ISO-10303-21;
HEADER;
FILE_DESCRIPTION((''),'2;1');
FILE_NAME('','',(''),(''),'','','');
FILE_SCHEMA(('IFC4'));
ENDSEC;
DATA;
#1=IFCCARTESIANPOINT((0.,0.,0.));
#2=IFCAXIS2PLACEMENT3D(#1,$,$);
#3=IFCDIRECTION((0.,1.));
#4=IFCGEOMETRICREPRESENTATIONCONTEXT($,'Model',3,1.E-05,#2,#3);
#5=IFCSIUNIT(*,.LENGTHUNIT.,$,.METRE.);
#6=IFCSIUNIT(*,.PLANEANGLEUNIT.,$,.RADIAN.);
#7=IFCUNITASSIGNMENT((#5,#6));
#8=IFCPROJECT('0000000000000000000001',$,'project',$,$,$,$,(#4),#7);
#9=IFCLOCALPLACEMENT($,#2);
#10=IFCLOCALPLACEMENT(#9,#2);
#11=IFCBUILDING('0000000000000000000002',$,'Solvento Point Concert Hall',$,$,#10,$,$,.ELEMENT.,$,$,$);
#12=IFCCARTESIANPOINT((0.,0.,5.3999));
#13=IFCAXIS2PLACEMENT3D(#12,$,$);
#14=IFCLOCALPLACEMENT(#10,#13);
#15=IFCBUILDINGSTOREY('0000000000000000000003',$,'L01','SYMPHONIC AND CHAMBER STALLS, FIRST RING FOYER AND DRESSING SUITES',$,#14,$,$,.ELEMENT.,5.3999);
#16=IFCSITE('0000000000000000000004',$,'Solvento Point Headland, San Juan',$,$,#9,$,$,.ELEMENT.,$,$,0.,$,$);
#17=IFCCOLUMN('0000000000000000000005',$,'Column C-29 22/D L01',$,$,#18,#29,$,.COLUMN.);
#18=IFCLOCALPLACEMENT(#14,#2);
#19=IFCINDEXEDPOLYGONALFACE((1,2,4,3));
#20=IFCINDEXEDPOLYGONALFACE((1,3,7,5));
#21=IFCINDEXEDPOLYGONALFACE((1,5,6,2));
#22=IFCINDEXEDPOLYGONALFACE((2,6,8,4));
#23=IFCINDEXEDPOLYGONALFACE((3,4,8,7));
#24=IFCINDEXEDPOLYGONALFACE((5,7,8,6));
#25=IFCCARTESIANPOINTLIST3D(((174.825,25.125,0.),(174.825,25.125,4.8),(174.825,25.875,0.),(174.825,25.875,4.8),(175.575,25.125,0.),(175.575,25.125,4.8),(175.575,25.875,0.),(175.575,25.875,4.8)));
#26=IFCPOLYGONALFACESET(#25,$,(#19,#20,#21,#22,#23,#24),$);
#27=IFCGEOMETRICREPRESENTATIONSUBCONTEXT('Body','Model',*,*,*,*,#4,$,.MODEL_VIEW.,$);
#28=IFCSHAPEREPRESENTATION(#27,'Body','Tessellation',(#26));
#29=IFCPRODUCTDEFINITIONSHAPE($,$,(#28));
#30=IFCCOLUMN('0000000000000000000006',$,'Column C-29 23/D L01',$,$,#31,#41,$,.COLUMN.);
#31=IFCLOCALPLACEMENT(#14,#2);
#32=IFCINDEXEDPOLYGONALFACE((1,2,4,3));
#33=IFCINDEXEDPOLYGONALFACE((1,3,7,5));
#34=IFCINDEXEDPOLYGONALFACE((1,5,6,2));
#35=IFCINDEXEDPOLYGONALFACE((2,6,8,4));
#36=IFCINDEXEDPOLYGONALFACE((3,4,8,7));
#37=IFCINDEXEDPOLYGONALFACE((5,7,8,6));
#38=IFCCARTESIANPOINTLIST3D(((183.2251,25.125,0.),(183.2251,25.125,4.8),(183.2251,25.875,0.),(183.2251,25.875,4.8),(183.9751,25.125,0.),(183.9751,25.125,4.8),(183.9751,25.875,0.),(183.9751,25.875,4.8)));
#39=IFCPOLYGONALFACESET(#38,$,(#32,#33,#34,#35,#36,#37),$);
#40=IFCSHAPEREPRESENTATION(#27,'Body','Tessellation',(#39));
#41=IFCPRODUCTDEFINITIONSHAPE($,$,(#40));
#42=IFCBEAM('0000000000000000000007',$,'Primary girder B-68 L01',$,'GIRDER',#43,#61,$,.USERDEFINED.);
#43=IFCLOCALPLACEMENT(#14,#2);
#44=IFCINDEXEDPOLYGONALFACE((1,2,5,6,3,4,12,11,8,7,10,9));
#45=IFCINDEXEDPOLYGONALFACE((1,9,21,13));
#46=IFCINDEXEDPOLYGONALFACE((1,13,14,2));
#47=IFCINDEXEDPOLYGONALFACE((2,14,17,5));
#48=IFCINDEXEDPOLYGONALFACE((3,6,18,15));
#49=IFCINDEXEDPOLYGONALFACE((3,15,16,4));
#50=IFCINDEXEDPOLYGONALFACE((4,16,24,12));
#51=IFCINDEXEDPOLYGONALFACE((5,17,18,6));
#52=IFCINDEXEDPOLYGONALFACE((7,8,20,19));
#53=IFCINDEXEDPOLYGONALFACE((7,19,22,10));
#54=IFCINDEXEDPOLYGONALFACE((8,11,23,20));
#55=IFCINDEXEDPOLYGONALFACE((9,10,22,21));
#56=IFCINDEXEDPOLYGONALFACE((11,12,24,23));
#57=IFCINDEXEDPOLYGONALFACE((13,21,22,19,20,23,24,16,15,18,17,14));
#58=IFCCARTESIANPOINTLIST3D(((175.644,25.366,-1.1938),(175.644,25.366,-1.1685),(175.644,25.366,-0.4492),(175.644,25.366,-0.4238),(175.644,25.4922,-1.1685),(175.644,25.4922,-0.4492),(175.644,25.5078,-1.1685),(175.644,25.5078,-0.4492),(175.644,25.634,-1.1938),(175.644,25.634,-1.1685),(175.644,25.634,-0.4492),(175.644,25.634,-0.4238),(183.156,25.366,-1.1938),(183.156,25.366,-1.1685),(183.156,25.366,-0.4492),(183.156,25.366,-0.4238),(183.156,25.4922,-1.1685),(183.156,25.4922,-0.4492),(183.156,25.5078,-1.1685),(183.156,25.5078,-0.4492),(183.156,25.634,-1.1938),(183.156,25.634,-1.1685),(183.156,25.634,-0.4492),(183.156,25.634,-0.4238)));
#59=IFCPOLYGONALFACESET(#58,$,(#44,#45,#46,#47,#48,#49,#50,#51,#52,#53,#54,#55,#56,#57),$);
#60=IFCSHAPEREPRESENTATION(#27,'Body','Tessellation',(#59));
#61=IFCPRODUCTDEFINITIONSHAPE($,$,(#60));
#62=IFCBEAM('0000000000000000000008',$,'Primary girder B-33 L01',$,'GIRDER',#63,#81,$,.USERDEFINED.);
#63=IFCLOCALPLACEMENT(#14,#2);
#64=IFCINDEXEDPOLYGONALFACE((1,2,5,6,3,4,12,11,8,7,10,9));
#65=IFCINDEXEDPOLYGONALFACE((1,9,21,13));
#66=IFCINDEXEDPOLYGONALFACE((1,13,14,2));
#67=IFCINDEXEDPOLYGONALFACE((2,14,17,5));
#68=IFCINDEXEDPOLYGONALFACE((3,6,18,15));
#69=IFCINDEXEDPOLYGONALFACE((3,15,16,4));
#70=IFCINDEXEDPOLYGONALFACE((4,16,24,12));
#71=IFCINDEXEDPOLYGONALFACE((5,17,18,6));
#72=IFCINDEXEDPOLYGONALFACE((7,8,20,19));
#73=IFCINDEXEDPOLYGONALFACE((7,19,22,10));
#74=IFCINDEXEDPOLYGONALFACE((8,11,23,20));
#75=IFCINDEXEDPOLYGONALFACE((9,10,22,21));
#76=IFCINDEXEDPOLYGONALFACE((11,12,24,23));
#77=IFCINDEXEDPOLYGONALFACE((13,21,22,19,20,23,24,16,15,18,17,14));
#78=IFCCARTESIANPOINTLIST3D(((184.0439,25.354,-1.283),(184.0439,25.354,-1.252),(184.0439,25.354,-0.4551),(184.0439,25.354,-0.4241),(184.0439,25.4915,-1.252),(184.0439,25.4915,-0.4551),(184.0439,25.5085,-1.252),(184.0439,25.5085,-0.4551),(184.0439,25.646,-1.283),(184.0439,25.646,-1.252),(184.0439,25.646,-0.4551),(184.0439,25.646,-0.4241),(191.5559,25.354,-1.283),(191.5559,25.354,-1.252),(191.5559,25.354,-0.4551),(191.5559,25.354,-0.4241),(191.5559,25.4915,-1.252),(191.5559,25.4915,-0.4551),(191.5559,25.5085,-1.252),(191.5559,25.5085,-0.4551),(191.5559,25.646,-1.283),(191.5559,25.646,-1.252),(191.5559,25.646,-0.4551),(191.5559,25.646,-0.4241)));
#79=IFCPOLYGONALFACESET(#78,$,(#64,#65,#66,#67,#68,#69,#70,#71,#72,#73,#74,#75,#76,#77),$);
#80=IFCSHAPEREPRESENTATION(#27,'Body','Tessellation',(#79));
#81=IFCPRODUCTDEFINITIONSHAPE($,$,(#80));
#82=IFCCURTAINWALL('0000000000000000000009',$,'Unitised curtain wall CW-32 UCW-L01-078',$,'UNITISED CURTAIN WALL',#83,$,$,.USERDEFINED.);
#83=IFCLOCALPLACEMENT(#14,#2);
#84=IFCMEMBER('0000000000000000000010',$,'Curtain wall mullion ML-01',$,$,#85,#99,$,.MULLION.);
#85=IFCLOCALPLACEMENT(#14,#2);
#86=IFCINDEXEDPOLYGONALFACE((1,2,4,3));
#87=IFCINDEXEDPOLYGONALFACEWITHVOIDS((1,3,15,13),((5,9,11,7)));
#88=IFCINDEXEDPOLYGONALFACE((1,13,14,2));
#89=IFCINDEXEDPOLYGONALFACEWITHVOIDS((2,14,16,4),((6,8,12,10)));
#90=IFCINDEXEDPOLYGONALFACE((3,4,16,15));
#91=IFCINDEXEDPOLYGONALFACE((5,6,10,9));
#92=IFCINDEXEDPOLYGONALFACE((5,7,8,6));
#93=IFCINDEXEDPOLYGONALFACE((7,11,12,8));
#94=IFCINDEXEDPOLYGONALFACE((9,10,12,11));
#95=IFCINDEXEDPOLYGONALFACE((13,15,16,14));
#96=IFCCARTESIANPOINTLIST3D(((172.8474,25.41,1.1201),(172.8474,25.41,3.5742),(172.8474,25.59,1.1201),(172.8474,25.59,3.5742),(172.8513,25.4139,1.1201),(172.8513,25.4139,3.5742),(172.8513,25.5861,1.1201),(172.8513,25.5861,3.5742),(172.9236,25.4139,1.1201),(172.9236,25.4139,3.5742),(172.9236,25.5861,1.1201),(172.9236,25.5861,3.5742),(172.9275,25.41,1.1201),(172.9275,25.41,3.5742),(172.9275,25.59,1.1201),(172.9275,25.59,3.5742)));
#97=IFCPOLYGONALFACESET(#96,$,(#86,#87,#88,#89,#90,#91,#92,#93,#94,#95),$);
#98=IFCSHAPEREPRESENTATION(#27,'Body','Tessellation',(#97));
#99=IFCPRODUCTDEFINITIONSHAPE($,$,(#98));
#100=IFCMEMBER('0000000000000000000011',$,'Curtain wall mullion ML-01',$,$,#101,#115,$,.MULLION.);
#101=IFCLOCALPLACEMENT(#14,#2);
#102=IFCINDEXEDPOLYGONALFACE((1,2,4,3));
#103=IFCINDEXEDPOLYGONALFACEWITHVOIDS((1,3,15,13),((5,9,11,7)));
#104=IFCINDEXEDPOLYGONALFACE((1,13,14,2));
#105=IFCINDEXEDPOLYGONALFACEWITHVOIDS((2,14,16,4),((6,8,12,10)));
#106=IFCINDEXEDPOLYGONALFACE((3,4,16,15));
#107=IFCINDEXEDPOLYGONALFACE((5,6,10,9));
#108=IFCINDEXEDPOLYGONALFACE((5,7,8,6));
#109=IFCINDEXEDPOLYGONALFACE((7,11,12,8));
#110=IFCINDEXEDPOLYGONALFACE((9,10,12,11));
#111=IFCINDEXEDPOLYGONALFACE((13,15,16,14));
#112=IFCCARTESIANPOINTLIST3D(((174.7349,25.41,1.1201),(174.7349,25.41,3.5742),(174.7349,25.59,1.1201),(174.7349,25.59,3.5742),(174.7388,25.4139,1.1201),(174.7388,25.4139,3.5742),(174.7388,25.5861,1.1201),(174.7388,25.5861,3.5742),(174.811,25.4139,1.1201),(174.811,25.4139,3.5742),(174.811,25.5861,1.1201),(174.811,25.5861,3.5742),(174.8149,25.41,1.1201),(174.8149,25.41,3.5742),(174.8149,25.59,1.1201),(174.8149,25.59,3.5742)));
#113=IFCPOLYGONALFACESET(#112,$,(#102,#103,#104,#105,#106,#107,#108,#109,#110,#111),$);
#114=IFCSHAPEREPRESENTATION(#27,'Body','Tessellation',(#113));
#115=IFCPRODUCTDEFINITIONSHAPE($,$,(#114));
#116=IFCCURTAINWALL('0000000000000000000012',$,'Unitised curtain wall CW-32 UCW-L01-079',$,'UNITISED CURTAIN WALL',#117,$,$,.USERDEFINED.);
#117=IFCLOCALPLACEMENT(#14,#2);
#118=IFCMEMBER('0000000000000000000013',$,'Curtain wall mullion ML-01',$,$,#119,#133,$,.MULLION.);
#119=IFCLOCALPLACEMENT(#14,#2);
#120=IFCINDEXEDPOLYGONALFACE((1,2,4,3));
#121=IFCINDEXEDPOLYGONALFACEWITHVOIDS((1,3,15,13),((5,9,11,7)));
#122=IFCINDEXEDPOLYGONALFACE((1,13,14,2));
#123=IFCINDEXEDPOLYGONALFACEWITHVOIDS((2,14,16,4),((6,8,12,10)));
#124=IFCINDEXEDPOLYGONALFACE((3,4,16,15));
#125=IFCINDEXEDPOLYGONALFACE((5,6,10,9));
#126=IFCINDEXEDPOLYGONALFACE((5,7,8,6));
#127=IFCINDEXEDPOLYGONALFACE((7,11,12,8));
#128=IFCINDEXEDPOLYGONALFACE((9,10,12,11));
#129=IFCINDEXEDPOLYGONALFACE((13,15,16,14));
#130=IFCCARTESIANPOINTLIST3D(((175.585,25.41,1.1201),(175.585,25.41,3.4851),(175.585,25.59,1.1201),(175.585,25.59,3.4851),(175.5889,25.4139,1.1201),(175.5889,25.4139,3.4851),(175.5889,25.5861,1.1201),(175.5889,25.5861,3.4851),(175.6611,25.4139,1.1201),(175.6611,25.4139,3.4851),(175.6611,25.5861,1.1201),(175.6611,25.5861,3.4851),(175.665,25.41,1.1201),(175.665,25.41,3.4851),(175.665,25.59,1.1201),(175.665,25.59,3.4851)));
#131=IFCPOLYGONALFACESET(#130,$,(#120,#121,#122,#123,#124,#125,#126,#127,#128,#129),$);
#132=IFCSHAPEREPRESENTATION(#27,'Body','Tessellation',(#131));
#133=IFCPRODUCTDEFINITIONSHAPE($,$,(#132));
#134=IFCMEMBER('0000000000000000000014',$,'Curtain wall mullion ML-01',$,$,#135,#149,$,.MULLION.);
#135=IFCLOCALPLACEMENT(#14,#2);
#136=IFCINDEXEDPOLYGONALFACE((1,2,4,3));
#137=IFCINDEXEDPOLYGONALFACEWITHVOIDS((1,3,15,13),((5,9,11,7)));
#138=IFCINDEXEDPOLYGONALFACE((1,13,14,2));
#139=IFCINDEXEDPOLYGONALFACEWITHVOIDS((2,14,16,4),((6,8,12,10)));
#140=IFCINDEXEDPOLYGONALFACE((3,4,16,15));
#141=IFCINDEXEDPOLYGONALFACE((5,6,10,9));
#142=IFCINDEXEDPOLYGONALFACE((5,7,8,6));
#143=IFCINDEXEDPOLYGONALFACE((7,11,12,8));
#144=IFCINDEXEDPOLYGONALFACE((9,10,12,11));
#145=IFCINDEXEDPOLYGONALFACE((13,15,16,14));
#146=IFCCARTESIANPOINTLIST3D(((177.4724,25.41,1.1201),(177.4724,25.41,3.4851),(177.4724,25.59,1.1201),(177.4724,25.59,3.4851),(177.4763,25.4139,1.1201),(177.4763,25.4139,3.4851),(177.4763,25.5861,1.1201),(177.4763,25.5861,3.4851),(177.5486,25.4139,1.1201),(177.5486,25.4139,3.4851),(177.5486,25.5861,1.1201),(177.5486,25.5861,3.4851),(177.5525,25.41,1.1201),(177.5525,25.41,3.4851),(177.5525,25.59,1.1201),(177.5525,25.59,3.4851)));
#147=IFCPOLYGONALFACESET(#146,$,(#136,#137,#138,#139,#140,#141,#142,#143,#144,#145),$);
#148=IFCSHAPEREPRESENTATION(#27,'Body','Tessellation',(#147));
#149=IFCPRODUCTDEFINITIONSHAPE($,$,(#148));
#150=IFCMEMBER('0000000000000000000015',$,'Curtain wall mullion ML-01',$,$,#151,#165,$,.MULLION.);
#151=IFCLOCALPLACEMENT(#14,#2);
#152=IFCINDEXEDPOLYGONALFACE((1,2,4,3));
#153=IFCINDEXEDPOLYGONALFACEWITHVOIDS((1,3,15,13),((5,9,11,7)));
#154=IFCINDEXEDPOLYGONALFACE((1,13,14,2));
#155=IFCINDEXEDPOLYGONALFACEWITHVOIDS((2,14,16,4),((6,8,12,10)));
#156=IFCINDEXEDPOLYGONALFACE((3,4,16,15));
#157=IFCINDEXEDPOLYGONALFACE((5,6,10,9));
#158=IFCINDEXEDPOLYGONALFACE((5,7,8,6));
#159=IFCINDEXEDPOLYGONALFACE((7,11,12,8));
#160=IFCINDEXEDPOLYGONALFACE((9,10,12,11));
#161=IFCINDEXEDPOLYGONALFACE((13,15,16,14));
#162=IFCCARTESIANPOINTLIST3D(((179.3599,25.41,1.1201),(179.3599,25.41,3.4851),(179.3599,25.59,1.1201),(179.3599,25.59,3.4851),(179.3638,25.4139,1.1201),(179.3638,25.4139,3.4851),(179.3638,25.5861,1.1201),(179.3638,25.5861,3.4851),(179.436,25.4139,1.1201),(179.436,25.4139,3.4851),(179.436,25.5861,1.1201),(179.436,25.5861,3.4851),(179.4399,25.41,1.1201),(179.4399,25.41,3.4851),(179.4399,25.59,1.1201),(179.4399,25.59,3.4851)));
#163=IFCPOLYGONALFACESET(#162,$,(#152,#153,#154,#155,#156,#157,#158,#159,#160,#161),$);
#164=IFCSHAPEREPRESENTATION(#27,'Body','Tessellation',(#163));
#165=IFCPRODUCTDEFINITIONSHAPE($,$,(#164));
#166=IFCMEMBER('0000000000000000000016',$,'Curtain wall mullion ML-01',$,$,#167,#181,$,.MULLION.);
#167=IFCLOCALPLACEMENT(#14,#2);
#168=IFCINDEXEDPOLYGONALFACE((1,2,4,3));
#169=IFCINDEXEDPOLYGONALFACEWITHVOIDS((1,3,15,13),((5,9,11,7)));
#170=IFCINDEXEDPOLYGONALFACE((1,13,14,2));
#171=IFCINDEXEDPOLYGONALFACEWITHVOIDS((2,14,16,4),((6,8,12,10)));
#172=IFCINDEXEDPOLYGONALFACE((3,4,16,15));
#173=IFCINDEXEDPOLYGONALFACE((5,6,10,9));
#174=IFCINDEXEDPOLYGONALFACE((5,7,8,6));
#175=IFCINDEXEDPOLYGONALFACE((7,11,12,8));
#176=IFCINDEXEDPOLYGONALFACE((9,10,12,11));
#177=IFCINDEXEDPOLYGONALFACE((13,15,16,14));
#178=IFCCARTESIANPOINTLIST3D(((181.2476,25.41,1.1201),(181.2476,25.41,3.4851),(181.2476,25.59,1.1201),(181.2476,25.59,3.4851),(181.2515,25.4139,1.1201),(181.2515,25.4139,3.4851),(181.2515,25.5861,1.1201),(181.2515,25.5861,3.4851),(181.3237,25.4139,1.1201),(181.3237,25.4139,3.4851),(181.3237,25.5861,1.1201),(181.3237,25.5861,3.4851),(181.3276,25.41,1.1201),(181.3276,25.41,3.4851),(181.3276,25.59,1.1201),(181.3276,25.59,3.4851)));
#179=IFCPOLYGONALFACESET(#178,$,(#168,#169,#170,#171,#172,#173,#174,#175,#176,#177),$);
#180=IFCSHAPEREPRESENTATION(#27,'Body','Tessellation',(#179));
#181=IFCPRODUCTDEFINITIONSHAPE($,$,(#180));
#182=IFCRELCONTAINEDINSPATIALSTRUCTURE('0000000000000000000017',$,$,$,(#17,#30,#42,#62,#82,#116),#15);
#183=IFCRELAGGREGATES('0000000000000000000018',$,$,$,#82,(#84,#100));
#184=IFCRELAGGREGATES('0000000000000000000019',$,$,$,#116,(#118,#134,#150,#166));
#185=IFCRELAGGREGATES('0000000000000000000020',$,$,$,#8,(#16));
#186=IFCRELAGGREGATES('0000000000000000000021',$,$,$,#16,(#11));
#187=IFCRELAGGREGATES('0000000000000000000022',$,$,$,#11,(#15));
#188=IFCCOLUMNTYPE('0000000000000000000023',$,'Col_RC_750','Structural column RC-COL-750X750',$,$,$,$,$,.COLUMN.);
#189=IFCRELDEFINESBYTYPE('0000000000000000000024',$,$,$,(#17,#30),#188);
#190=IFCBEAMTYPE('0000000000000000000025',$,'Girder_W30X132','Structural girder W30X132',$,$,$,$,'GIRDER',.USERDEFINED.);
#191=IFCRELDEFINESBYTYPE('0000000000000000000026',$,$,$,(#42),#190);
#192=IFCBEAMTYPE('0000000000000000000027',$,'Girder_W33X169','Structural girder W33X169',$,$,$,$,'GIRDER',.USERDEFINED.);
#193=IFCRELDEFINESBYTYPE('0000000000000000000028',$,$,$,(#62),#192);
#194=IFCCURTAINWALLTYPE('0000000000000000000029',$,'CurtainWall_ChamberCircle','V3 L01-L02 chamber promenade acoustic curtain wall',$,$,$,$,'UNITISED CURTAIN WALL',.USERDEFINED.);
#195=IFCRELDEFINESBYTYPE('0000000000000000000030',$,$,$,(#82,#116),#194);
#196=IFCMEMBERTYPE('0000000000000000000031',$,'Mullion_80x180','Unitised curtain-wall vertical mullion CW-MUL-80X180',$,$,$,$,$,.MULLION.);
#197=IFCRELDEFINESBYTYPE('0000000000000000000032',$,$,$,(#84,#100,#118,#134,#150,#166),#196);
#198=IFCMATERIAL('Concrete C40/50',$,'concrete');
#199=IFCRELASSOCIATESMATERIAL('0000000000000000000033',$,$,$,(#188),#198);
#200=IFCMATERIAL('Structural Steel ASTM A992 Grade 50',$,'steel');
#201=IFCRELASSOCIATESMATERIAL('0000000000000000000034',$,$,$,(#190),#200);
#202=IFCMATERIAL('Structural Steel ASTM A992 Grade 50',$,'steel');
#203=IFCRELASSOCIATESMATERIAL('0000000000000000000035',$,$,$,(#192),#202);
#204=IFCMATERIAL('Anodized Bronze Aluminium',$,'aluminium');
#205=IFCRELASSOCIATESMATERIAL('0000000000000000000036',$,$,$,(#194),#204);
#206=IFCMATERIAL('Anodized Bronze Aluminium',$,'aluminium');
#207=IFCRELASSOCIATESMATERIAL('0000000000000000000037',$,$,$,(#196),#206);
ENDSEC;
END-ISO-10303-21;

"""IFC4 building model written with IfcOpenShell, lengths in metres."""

from ifc_helpers import new_model, si_unit, direction, frame, origin, origin_2d, place, context, subcontext, project, spatial, rectangle, hollow_rectangle, i_section, extrude, material, material_profile, profile_set, type_object, element, aggregate, save


model = new_model("IFC4")

# Units and contexts
model_context = context("Model", 3, precision=1e-05, world=origin(), true_north=direction((0.0, 1.0)))
body_context = subcontext(model_context, "Body", "Model", "MODEL_VIEW")
ifc_project = project(units=[si_unit("LENGTHUNIT", "METRE"), si_unit("PLANEANGLEUNIT", "RADIAN")], contexts=[model_context])

# Site, building, storey
site_placement = place(None, origin())
site = spatial("IfcSite", under=ifc_project, at=site_placement, Name="Solvento Point Headland, San Juan", CompositionType="ELEMENT", RefElevation=0.0)
building_placement = place(site_placement, origin())
building = spatial("IfcBuilding", under=site, at=building_placement, Name="Solvento Point Concert Hall", CompositionType="ELEMENT")
storey_placement = place(building_placement, frame((0.0, 0.0, 5.3999)))
storey = spatial("IfcBuildingStorey", under=building, at=storey_placement, Name="L01", Description="SYMPHONIC AND CHAMBER STALLS, FIRST RING FOYER AND DRESSING SUITES", CompositionType="ELEMENT", Elevation=5.3999)

# Columns
ifc_material_1 = material(Name="Concrete C40/50", Category="concrete")
ifc_material_profile_1 = material_profile(ifc_material_1, rectangle(XDim=0.75, YDim=0.75, at=origin_2d()), Name="RC-COL-750X750")
ifc_profile_set_1 = profile_set([ifc_material_profile_1], Name="Concrete C40/50")
column_type = type_object("IfcColumnType", Name="Col_RC_750", Description="Structural column RC-COL-750X750", PredefinedType="COLUMN", material=ifc_profile_set_1)
for number, where, z_axis, x_axis, name in (
    (1, (175.2, 25.5, 0.0), (0.0, 0.0, 1.0), (1.0, 0.0, 0.0), "Column C-29 22/D L01"),
    (2, (183.6001, 25.5, 0.0), (0.0, 0.0, 1.0), (1.0, 0.0, 0.0), "Column C-29 23/D L01"),
):
    element("IfcColumn", number, at=place(storey_placement, frame(where, z_axis=z_axis, x_axis=x_axis)), inside=storey, type_object=column_type, Name=name, PredefinedType="COLUMN", context=body_context, shape_type="SweptSolid", body=[
        extrude(rectangle(XDim=0.75, YDim=0.75, at=origin_2d()), origin(), (0.0, 0.0, 1.0), 4.8),
    ])

# Beams
ifc_material_2 = material(Name="Structural Steel ASTM A992 Grade 50", Category="steel")
ifc_material_profile_2 = material_profile(ifc_material_2, i_section(OverallWidth=0.2681, OverallDepth=0.77, WebThickness=0.0156, FlangeThickness=0.0254, at=origin_2d()), Name="W30X132")
ifc_profile_set_2 = profile_set([ifc_material_profile_2], Name="Structural Steel ASTM A992 Grade 50")
beam_type_1 = type_object("IfcBeamType", Name="Girder_W30X132", Description="Structural girder W30X132", ElementType="GIRDER", PredefinedType="USERDEFINED", material=ifc_profile_set_2)
beam_1_placement = place(storey_placement, frame((175.644, 25.5, -0.8088), z_axis=(1.0, 0.0, 0.0), x_axis=(0.0, 1.0, 0.0)))
element("IfcBeam", 3, at=beam_1_placement, inside=storey, type_object=beam_type_1, Name="Primary girder B-68 L01", ObjectType="GIRDER", PredefinedType="USERDEFINED", context=body_context, shape_type="SweptSolid", body=[
    extrude(i_section(OverallWidth=0.2681, OverallDepth=0.77, WebThickness=0.0156, FlangeThickness=0.0254, at=origin_2d()), origin(), (0.0, 0.0, 1.0), 7.512),
])
ifc_material_3 = material(Name="Structural Steel ASTM A992 Grade 50", Category="steel")
ifc_material_profile_3 = material_profile(ifc_material_3, i_section(OverallWidth=0.292, OverallDepth=0.8589, WebThickness=0.0171, FlangeThickness=0.031, at=origin_2d()), Name="W33X169")
ifc_profile_set_3 = profile_set([ifc_material_profile_3], Name="Structural Steel ASTM A992 Grade 50")
beam_type_2 = type_object("IfcBeamType", Name="Girder_W33X169", Description="Structural girder W33X169", ElementType="GIRDER", PredefinedType="USERDEFINED", material=ifc_profile_set_3)
beam_2_placement = place(storey_placement, frame((184.0439, 25.5, -0.8535), z_axis=(1.0, 0.0, 0.0), x_axis=(0.0, 1.0, 0.0)))
element("IfcBeam", 4, at=beam_2_placement, inside=storey, type_object=beam_type_2, Name="Primary girder B-33 L01", ObjectType="GIRDER", PredefinedType="USERDEFINED", context=body_context, shape_type="SweptSolid", body=[
    extrude(i_section(OverallWidth=0.292, OverallDepth=0.8589, WebThickness=0.0171, FlangeThickness=0.031, at=origin_2d()), origin(), (0.0, 0.0, 1.0), 7.512),
])

# Curtain walls, members
ifc_material_4 = material(Name="Anodized Bronze Aluminium", Category="aluminium")
curtain_wall_type = type_object("IfcCurtainWallType", Name="CurtainWall_ChamberCircle", Description="V3 L01-L02 chamber promenade acoustic curtain wall", ElementType="UNITISED CURTAIN WALL", PredefinedType="USERDEFINED", material=ifc_material_4)
curtain_wall_1_placement = place(storey_placement, origin())
curtain_wall_1 = element("IfcCurtainWall", 5, at=curtain_wall_1_placement, inside=storey, type_object=curtain_wall_type, Name="Unitised curtain wall CW-32 UCW-L01-078", ObjectType="UNITISED CURTAIN WALL", PredefinedType="USERDEFINED")
ifc_material_5 = material(Name="Anodized Bronze Aluminium", Category="aluminium")
ifc_material_profile_4 = material_profile(ifc_material_5, hollow_rectangle(XDim=0.0801, YDim=0.1799, WallThickness=0.0039, at=origin_2d()), Name="CW-MUL-80X180")
ifc_profile_set_4 = profile_set([ifc_material_profile_4], Name="Anodized Bronze Aluminium")
member_type_1 = type_object("IfcMemberType", Name="Mullion_80x180", Description="Unitised curtain-wall vertical mullion CW-MUL-80X180", PredefinedType="MULLION", material=ifc_profile_set_4)
member_1_placement = place(storey_placement, frame((172.8875, 25.5, 1.1201), z_axis=(0.0, 0.0, 1.0), x_axis=(1.0, 0.0, 0.0)))
member_1 = element("IfcMember", 6, at=member_1_placement, type_object=member_type_1, Name="Curtain wall mullion ML-01", PredefinedType="MULLION", context=body_context, shape_type="SweptSolid", body=[
    extrude(hollow_rectangle(XDim=0.0801, YDim=0.1799, WallThickness=0.0039, at=origin_2d()), origin(), (0.0, 0.0, 1.0), 2.4541),
])
member_2_placement = place(storey_placement, frame((174.7749, 25.5, 1.1201), z_axis=(0.0, 0.0, 1.0), x_axis=(1.0, 0.0, 0.0)))
member_2 = element("IfcMember", 7, at=member_2_placement, type_object=member_type_1, Name="Curtain wall mullion ML-01", PredefinedType="MULLION", context=body_context, shape_type="SweptSolid", body=[
    extrude(hollow_rectangle(XDim=0.0801, YDim=0.1799, WallThickness=0.0039, at=origin_2d()), origin(), (0.0, 0.0, 1.0), 2.4541),
])
curtain_wall_2_placement = place(storey_placement, origin())
curtain_wall_2 = element("IfcCurtainWall", 8, at=curtain_wall_2_placement, inside=storey, type_object=curtain_wall_type, Name="Unitised curtain wall CW-32 UCW-L01-079", ObjectType="UNITISED CURTAIN WALL", PredefinedType="USERDEFINED")
member_3_placement = place(storey_placement, frame((175.625, 25.5, 1.1201), z_axis=(0.0, 0.0, 1.0), x_axis=(1.0, 0.0, 0.0)))
member_3 = element("IfcMember", 9, at=member_3_placement, type_object=member_type_1, Name="Curtain wall mullion ML-01", PredefinedType="MULLION", context=body_context, shape_type="SweptSolid", body=[
    extrude(hollow_rectangle(XDim=0.0801, YDim=0.1799, WallThickness=0.0039, at=origin_2d()), origin(), (0.0, 0.0, 1.0), 2.365),
])
member_4_placement = place(storey_placement, frame((177.5125, 25.5, 1.1201), z_axis=(0.0, 0.0, 1.0), x_axis=(1.0, 0.0, 0.0)))
member_4 = element("IfcMember", 10, at=member_4_placement, type_object=member_type_1, Name="Curtain wall mullion ML-01", PredefinedType="MULLION", context=body_context, shape_type="SweptSolid", body=[
    extrude(hollow_rectangle(XDim=0.0801, YDim=0.1799, WallThickness=0.0039, at=origin_2d()), origin(), (0.0, 0.0, 1.0), 2.365),
])
member_5_placement = place(storey_placement, frame((179.3999, 25.5, 1.1201), z_axis=(0.0, 0.0, 1.0), x_axis=(1.0, 0.0, 0.0)))
member_5 = element("IfcMember", 11, at=member_5_placement, type_object=member_type_1, Name="Curtain wall mullion ML-01", PredefinedType="MULLION", context=body_context, shape_type="SweptSolid", body=[
    extrude(hollow_rectangle(XDim=0.0801, YDim=0.1799, WallThickness=0.0039, at=origin_2d()), origin(), (0.0, 0.0, 1.0), 2.365),
])
member_6_placement = place(storey_placement, frame((181.2876, 25.5, 1.1201), z_axis=(0.0, 0.0, 1.0), x_axis=(1.0, 0.0, 0.0)))
member_6 = element("IfcMember", 12, at=member_6_placement, type_object=member_type_1, Name="Curtain wall mullion ML-01", PredefinedType="MULLION", context=body_context, shape_type="SweptSolid", body=[
    extrude(hollow_rectangle(XDim=0.0801, YDim=0.1799, WallThickness=0.0039, at=origin_2d()), origin(), (0.0, 0.0, 1.0), 2.365),
])

aggregate(curtain_wall_1, [member_1, member_2])
aggregate(curtain_wall_2, [member_3, member_4, member_5, member_6])

save(model, "model.ifc")
